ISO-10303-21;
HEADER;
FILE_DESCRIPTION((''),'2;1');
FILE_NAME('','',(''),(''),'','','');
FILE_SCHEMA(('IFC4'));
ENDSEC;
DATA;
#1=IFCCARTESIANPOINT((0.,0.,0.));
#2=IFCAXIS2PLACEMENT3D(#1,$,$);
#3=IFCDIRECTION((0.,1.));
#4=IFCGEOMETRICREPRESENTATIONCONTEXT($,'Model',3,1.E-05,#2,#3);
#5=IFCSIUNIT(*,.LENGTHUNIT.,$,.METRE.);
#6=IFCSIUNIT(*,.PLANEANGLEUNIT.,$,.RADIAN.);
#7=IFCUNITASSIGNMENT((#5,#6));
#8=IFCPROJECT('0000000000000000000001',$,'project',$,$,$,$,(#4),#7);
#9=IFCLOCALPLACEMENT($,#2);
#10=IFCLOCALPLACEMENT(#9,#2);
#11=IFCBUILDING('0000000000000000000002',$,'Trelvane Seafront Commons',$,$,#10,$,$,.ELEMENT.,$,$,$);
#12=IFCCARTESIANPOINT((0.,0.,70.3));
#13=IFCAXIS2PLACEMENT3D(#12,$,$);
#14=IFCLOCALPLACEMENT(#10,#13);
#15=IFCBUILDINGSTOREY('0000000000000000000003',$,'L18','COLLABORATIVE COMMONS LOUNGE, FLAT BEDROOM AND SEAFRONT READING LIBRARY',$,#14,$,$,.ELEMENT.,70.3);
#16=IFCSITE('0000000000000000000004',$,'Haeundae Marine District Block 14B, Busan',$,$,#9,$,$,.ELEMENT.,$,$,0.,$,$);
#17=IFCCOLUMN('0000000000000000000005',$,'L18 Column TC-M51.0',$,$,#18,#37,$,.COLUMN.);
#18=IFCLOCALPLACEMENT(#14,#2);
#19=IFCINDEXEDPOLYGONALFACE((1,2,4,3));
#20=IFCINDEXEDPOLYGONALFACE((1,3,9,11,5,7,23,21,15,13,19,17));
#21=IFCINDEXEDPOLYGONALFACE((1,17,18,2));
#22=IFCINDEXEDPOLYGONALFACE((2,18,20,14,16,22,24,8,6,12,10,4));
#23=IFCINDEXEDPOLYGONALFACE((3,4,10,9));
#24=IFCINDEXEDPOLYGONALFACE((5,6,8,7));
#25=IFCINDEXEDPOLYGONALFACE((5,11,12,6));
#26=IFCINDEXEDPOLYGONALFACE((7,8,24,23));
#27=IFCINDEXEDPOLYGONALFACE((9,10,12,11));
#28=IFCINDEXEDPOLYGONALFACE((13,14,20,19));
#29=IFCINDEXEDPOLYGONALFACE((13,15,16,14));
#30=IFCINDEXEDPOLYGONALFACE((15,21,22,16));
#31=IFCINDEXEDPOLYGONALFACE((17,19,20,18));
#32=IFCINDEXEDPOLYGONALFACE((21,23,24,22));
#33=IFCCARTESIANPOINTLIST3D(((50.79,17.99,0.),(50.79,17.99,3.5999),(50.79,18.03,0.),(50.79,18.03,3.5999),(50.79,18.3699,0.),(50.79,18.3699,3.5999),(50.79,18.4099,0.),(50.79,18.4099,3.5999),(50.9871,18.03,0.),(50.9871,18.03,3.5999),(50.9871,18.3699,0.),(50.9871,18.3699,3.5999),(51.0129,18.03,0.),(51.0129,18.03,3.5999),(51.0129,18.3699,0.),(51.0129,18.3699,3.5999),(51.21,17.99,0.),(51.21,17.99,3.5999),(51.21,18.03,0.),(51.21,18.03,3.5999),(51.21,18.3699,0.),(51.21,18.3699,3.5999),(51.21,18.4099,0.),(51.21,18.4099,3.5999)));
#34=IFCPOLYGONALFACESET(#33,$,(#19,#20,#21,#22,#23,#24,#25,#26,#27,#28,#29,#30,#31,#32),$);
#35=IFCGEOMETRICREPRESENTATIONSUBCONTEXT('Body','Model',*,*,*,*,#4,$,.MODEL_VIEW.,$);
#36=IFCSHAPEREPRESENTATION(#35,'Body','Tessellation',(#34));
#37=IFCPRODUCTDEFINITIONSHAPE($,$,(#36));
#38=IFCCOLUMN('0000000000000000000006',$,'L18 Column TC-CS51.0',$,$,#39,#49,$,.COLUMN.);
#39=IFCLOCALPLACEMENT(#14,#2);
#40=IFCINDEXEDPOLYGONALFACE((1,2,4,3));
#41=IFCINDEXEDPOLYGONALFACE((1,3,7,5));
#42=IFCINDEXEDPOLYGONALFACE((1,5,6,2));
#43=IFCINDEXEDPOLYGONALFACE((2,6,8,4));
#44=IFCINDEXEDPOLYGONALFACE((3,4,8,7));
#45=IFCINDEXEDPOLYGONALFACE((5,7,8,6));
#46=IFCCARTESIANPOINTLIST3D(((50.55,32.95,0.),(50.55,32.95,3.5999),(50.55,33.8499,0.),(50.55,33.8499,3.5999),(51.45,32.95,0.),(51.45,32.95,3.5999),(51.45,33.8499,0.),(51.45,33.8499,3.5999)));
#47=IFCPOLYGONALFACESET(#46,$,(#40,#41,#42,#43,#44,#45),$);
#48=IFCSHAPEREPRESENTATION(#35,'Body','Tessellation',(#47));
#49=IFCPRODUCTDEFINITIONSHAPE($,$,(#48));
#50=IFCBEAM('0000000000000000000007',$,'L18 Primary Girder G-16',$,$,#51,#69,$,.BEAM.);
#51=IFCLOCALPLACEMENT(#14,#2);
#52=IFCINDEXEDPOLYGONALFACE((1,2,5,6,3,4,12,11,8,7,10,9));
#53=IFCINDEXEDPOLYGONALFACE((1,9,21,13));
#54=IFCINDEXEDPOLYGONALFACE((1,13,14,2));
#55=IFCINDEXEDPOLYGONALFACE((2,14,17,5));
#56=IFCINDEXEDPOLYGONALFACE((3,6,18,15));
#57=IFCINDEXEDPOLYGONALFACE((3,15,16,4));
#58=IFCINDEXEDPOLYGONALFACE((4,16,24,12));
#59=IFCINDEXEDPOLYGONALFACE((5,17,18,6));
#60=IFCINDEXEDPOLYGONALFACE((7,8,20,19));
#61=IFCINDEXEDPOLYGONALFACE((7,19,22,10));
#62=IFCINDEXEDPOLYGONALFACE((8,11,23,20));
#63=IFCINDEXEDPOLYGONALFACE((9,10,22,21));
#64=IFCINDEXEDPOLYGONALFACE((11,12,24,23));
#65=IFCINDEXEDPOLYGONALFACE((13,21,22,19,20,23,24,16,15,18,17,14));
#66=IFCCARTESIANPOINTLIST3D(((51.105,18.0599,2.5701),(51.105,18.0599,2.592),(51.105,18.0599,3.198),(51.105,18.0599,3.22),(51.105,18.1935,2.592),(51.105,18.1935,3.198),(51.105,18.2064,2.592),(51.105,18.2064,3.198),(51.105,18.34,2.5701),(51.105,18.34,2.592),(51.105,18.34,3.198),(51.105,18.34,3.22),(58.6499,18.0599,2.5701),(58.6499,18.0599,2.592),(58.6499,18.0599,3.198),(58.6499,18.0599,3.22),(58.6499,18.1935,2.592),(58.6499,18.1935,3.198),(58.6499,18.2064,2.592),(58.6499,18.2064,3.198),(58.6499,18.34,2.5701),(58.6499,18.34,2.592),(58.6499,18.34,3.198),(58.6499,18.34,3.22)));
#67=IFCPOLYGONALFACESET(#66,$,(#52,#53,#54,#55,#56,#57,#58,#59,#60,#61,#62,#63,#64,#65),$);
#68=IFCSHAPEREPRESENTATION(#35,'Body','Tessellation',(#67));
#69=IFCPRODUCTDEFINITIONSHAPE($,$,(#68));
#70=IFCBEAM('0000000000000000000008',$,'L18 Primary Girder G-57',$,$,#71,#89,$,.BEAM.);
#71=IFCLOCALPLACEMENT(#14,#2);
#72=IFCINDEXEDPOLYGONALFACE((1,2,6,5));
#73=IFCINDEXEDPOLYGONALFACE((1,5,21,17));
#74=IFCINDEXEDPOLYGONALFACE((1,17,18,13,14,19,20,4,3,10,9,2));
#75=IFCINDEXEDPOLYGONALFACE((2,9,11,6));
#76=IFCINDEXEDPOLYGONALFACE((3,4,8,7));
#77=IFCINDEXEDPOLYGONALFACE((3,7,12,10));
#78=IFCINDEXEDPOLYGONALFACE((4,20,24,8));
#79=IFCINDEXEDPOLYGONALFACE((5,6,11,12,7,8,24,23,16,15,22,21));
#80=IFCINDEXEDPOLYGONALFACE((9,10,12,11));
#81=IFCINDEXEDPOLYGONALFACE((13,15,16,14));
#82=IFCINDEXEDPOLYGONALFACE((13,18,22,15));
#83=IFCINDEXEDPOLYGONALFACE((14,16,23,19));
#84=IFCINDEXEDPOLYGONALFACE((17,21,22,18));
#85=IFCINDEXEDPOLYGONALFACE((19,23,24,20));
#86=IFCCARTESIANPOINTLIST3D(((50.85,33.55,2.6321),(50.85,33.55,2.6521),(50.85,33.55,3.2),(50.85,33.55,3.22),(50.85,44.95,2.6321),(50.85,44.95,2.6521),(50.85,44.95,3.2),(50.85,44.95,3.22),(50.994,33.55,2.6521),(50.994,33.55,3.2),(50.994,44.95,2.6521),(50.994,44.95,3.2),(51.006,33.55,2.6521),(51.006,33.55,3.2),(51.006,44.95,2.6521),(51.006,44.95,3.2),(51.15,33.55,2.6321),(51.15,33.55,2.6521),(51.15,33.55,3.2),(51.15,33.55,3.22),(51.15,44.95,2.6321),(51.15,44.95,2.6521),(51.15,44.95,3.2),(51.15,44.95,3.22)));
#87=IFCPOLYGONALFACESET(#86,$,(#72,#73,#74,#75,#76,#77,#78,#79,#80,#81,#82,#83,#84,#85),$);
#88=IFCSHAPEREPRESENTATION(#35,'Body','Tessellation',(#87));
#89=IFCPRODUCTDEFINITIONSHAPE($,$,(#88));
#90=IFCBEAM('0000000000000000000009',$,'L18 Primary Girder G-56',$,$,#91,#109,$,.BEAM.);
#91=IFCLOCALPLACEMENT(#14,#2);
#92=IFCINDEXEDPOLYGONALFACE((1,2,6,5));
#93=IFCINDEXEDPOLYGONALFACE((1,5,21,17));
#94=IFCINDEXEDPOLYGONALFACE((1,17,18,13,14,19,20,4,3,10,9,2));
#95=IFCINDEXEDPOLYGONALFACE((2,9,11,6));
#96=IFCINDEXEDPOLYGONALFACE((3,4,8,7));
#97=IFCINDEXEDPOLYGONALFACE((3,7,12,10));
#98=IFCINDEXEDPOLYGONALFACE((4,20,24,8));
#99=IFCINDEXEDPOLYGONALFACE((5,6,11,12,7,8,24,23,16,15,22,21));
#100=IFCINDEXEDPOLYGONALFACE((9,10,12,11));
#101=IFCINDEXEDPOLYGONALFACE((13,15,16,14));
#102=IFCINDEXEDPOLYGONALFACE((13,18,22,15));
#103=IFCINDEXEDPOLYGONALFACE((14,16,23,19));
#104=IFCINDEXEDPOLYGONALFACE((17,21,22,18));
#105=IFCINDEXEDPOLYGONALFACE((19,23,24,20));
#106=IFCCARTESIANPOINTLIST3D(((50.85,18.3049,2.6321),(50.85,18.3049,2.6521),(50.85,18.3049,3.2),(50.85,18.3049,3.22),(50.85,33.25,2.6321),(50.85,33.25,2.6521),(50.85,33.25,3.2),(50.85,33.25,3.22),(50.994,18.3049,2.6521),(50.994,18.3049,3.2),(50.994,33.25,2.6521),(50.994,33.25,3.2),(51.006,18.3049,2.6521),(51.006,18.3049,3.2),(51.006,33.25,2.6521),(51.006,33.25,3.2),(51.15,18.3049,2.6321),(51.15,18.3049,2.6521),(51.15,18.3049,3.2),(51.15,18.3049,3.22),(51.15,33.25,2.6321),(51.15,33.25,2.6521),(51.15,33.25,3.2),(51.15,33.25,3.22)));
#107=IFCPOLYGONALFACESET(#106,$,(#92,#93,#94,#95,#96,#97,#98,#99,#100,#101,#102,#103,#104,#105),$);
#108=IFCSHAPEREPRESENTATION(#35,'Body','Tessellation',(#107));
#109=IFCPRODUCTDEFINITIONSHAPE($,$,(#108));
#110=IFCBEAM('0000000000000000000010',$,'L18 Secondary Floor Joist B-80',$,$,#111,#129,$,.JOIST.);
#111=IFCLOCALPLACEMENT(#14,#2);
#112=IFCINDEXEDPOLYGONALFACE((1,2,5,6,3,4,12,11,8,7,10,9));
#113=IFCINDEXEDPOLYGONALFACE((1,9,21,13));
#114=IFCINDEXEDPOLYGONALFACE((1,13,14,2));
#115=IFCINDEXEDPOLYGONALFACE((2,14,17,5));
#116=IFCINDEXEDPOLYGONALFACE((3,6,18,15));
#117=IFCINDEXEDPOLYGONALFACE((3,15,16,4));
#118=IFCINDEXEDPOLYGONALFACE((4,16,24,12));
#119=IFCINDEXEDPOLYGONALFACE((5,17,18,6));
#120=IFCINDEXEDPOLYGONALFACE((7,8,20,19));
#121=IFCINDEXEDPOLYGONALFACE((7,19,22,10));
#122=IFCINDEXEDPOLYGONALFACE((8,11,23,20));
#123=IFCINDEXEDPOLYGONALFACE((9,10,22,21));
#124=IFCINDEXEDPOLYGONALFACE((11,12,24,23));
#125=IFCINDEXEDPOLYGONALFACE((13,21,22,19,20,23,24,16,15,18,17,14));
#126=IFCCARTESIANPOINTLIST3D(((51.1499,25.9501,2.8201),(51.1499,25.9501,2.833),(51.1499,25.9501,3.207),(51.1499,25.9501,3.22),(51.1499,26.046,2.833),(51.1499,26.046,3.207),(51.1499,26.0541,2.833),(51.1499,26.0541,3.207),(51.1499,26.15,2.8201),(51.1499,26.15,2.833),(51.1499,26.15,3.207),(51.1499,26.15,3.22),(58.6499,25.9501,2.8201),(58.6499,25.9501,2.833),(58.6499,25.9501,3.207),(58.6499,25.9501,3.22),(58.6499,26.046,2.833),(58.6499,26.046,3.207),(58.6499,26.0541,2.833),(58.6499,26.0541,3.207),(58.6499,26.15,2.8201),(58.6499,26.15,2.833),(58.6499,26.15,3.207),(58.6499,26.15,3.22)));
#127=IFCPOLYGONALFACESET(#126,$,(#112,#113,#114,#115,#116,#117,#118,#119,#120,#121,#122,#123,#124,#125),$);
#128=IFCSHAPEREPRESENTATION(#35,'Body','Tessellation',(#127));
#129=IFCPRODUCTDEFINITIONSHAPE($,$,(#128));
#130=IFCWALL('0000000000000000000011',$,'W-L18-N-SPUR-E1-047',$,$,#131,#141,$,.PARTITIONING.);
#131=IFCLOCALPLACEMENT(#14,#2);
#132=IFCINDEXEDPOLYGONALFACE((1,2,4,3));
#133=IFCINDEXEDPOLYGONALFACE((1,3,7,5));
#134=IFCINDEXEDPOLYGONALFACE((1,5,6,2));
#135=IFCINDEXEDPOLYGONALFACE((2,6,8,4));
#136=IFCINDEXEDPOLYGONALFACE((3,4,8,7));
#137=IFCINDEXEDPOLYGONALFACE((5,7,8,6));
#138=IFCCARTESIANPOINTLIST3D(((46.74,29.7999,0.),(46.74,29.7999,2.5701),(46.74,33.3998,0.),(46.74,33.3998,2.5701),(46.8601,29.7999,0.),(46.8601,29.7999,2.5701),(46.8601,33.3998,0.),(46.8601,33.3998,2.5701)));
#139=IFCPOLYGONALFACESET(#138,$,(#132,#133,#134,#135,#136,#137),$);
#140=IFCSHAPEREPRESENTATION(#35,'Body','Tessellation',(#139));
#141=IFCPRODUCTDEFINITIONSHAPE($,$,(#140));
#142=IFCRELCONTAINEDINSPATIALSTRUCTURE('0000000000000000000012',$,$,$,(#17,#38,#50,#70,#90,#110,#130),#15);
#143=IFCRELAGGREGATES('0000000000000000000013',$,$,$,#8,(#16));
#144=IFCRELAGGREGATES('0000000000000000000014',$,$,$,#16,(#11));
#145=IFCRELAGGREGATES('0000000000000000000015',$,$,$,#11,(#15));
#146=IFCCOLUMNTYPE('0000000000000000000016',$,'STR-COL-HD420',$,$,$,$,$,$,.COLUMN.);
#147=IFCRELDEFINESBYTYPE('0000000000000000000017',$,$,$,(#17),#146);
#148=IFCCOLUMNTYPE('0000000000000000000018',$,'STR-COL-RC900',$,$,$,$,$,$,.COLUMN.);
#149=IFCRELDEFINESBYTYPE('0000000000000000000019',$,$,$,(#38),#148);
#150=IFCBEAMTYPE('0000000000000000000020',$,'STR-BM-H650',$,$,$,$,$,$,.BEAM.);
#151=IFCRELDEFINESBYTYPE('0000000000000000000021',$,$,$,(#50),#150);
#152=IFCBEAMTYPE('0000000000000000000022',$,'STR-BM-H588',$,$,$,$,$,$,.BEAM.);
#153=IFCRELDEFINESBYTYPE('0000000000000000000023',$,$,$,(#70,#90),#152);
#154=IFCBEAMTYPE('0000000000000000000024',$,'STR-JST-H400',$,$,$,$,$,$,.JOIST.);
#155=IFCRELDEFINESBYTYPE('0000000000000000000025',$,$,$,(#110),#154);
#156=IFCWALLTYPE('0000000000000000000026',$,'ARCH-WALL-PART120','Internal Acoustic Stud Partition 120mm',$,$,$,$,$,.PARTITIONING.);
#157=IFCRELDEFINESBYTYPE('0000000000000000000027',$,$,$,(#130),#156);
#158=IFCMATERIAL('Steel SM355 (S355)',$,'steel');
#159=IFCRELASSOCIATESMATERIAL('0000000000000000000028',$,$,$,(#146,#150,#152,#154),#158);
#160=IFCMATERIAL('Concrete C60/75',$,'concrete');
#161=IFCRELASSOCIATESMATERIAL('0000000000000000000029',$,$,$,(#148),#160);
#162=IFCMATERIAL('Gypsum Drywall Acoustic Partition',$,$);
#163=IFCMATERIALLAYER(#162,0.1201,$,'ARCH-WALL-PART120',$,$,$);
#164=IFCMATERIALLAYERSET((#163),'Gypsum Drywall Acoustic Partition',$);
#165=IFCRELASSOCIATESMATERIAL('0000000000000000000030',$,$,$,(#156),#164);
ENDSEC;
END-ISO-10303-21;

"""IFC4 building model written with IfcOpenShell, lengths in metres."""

from ifc_helpers import new_model, si_unit, direction, frame, frame_2d, origin, origin_2d, place, context, subcontext, project, spatial, rectangle, i_section, extrude, source, transform, mapped, material, layer, layer_set, material_profile, profile_set, type_object, element, save


model = new_model("IFC4")

# Units and contexts
model_context = context("Model", 3, precision=1e-05, world=origin(), true_north=direction((0.0, 1.0)))
body_context = subcontext(model_context, "Body", "Model", "MODEL_VIEW")
ifc_project = project(units=[si_unit("LENGTHUNIT", "METRE"), si_unit("PLANEANGLEUNIT", "RADIAN")], contexts=[model_context])

# Site, building, storey
site_placement = place(None, origin())
site = spatial("IfcSite", under=ifc_project, at=site_placement, Name="Haeundae Marine District Block 14B, Busan", CompositionType="ELEMENT", RefElevation=0.0)
building_placement = place(site_placement, origin())
building = spatial("IfcBuilding", under=site, at=building_placement, Name="Trelvane Seafront Commons", CompositionType="ELEMENT")
storey_placement = place(building_placement, frame((0.0, 0.0, 70.3)))
storey = spatial("IfcBuildingStorey", under=building, at=storey_placement, Name="L18", Description="COLLABORATIVE COMMONS LOUNGE, FLAT BEDROOM AND SEAFRONT READING LIBRARY", CompositionType="ELEMENT", Elevation=70.3)

# Columns
ifc_material_1 = material(Name="Steel SM355 (S355)", Category="steel")
ifc_material_profile_1 = material_profile(ifc_material_1, i_section(OverallWidth=0.4199, OverallDepth=0.4199, WebThickness=0.0259, FlangeThickness=0.04, at=origin_2d()), Name="HD-420x420x26x40")
ifc_profile_set_1 = profile_set([ifc_material_profile_1], Name="Steel SM355 (S355)")
column_type_1 = type_object("IfcColumnType", Name="STR-COL-HD420", PredefinedType="COLUMN", material=ifc_profile_set_1)
shared_shape_1 = source(origin(), body_context, "Body", "SweptSolid", [
    extrude(i_section(OverallWidth=0.4199, OverallDepth=0.4199, WebThickness=0.0259, FlangeThickness=0.04, at=origin_2d()), origin(), (0.0, 0.0, 1.0), 3.5999),
])
column_1_placement = place(storey_placement, frame((51.0, 18.2, 0.0), z_axis=(0.0, 0.0, 1.0), x_axis=(1.0, 0.0, 0.0)))
element("IfcColumn", 1, at=column_1_placement, inside=storey, type_object=column_type_1, Name="L18 Column TC-M51.0", PredefinedType="COLUMN", context=body_context, shape_type="MappedRepresentation", body=[
    mapped(shared_shape_1, transform((0.0, 0.0, 0.0), x_axis=(1.0, 0.0, 0.0), y_axis=(0.0, 1.0, 0.0), z_axis=(0.0, 0.0, 1.0), scale=1.0)),
])
ifc_material_2 = material(Name="Concrete C60/75", Category="concrete")
ifc_material_profile_2 = material_profile(ifc_material_2, rectangle(XDim=0.8999, YDim=0.8999, at=origin_2d()), Name="RC-900x900")
ifc_profile_set_2 = profile_set([ifc_material_profile_2], Name="Concrete C60/75")
column_type_2 = type_object("IfcColumnType", Name="STR-COL-RC900", PredefinedType="COLUMN", material=ifc_profile_set_2)
shared_shape_2 = source(origin(), body_context, "Body", "SweptSolid", [
    extrude(rectangle(XDim=0.8999, YDim=0.8999, at=origin_2d()), origin(), (0.0, 0.0, 1.0), 3.5999),
])
column_2_placement = place(storey_placement, frame((51.0, 33.3999, 0.0), z_axis=(0.0, 0.0, 1.0), x_axis=(1.0, 0.0, 0.0)))
element("IfcColumn", 2, at=column_2_placement, inside=storey, type_object=column_type_2, Name="L18 Column TC-CS51.0", PredefinedType="COLUMN", context=body_context, shape_type="MappedRepresentation", body=[
    mapped(shared_shape_2, transform((0.0, 0.0, 0.0), x_axis=(1.0, 0.0, 0.0), y_axis=(0.0, 1.0, 0.0), z_axis=(0.0, 0.0, 1.0), scale=1.0)),
])

# Beams
ifc_material_profile_3 = material_profile(ifc_material_1, i_section(OverallWidth=0.28, OverallDepth=0.6499, WebThickness=0.0129, FlangeThickness=0.022, at=origin_2d()), Name="H-650x280x13x22")
ifc_profile_set_3 = profile_set([ifc_material_profile_3], Name="Steel SM355 (S355)")
beam_type_1 = type_object("IfcBeamType", Name="STR-BM-H650", PredefinedType="BEAM", material=ifc_profile_set_3)
shared_shape_3 = source(origin(), body_context, "Body", "SweptSolid", [
    extrude(i_section(OverallWidth=0.28, OverallDepth=0.6499, WebThickness=0.0129, FlangeThickness=0.022, at=origin_2d()), origin(), (0.0, 0.0, 1.0), 7.5449),
])
beam_1_placement = place(storey_placement, frame((51.105, 18.2, 2.895), z_axis=(1.0, 0.0, 0.0), x_axis=(0.0, 1.0, 0.0)))
element("IfcBeam", 3, at=beam_1_placement, inside=storey, type_object=beam_type_1, Name="L18 Primary Girder G-16", PredefinedType="BEAM", context=body_context, shape_type="MappedRepresentation", body=[
    mapped(shared_shape_3, transform((0.0, 0.0, 0.0), x_axis=(1.0, 0.0, 0.0), y_axis=(0.0, 1.0, 0.0), z_axis=(0.0, 0.0, 1.0), scale=1.0)),
])
ifc_material_profile_4 = material_profile(ifc_material_1, i_section(OverallWidth=0.3, OverallDepth=0.5879, WebThickness=0.012, FlangeThickness=0.02, at=origin_2d()), Name="H-588x300x12x20")
ifc_profile_set_4 = profile_set([ifc_material_profile_4], Name="Steel SM355 (S355)")
beam_type_2 = type_object("IfcBeamType", Name="STR-BM-H588", PredefinedType="BEAM", material=ifc_profile_set_4)
shared_shape_4 = source(origin(), body_context, "Body", "SweptSolid", [
    extrude(i_section(OverallWidth=0.3, OverallDepth=0.5879, WebThickness=0.012, FlangeThickness=0.02, at=origin_2d()), origin(), (0.0, 0.0, 1.0), 11.3999),
])
beam_2_placement = place(storey_placement, frame((51.0, 33.55, 2.926), z_axis=(0.0, 1.0, 0.0), x_axis=(-1.0, 0.0, 0.0)))
element("IfcBeam", 4, at=beam_2_placement, inside=storey, type_object=beam_type_2, Name="L18 Primary Girder G-57", PredefinedType="BEAM", context=body_context, shape_type="MappedRepresentation", body=[
    mapped(shared_shape_4, transform((0.0, 0.0, 0.0), x_axis=(1.0, 0.0, 0.0), y_axis=(0.0, 1.0, 0.0), z_axis=(0.0, 0.0, 1.0), scale=1.0)),
])
shared_shape_5 = source(origin(), body_context, "Body", "SweptSolid", [
    extrude(i_section(OverallWidth=0.3, OverallDepth=0.5879, WebThickness=0.012, FlangeThickness=0.02, at=origin_2d()), origin(), (0.0, 0.0, 1.0), 14.9451),
])
beam_3_placement = place(storey_placement, frame((51.0, 18.3049, 2.926), z_axis=(0.0, 1.0, 0.0), x_axis=(-1.0, 0.0, 0.0)))
element("IfcBeam", 5, at=beam_3_placement, inside=storey, type_object=beam_type_2, Name="L18 Primary Girder G-56", PredefinedType="BEAM", context=body_context, shape_type="MappedRepresentation", body=[
    mapped(shared_shape_5, transform((0.0, 0.0, 0.0), x_axis=(1.0, 0.0, 0.0), y_axis=(0.0, 1.0, 0.0), z_axis=(0.0, 0.0, 1.0), scale=1.0)),
])
ifc_material_profile_5 = material_profile(ifc_material_1, i_section(OverallWidth=0.2, OverallDepth=0.3999, WebThickness=0.0081, FlangeThickness=0.0129, at=origin_2d()), Name="H-400x200x8x13")
ifc_profile_set_5 = profile_set([ifc_material_profile_5], Name="Steel SM355 (S355)")
beam_type_3 = type_object("IfcBeamType", Name="STR-JST-H400", PredefinedType="JOIST", material=ifc_profile_set_5)
shared_shape_6 = source(origin(), body_context, "Body", "SweptSolid", [
    extrude(i_section(OverallWidth=0.2, OverallDepth=0.3999, WebThickness=0.0081, FlangeThickness=0.0129, at=origin_2d()), origin(), (0.0, 0.0, 1.0), 7.5),
])
beam_4_placement = place(storey_placement, frame((51.1499, 26.05, 3.02), z_axis=(1.0, 0.0, 0.0), x_axis=(0.0, 1.0, 0.0)))
element("IfcBeam", 6, at=beam_4_placement, inside=storey, type_object=beam_type_3, Name="L18 Secondary Floor Joist B-80", PredefinedType="JOIST", context=body_context, shape_type="MappedRepresentation", body=[
    mapped(shared_shape_6, transform((0.0, 0.0, 0.0), x_axis=(1.0, 0.0, 0.0), y_axis=(0.0, 1.0, 0.0), z_axis=(0.0, 0.0, 1.0), scale=1.0)),
])

# Shared definitions
ifc_material_3 = material(Name="Gypsum Drywall Acoustic Partition")
ifc_layer_1 = layer(ifc_material_3, 0.1201, Name="ARCH-WALL-PART120")
ifc_layer_set_1 = layer_set([ifc_layer_1], Name="Gypsum Drywall Acoustic Partition")
wall_type_1 = type_object("IfcWallType", Name="ARCH-WALL-PART120", Description="Internal Acoustic Stud Partition 120mm", PredefinedType="PARTITIONING", material=ifc_layer_set_1)

# Wall
wall_1_placement = place(storey_placement, frame((46.8, 29.8, 0.0), z_axis=(0.0, 0.0, 1.0), x_axis=(0.0, 1.0, 0.0)))
element("IfcWall", 7, at=wall_1_placement, inside=storey, type_object=wall_type_1, Name="W-L18-N-SPUR-E1-047", PredefinedType="PARTITIONING", context=body_context, shape_type="SweptSolid", body=[
    extrude(rectangle(XDim=3.5999, YDim=0.1201, at=frame_2d((1.7998, 0.0))), origin(), (0.0, 0.0, 1.0), 2.5701),
])

save(model, "model.ifc")
